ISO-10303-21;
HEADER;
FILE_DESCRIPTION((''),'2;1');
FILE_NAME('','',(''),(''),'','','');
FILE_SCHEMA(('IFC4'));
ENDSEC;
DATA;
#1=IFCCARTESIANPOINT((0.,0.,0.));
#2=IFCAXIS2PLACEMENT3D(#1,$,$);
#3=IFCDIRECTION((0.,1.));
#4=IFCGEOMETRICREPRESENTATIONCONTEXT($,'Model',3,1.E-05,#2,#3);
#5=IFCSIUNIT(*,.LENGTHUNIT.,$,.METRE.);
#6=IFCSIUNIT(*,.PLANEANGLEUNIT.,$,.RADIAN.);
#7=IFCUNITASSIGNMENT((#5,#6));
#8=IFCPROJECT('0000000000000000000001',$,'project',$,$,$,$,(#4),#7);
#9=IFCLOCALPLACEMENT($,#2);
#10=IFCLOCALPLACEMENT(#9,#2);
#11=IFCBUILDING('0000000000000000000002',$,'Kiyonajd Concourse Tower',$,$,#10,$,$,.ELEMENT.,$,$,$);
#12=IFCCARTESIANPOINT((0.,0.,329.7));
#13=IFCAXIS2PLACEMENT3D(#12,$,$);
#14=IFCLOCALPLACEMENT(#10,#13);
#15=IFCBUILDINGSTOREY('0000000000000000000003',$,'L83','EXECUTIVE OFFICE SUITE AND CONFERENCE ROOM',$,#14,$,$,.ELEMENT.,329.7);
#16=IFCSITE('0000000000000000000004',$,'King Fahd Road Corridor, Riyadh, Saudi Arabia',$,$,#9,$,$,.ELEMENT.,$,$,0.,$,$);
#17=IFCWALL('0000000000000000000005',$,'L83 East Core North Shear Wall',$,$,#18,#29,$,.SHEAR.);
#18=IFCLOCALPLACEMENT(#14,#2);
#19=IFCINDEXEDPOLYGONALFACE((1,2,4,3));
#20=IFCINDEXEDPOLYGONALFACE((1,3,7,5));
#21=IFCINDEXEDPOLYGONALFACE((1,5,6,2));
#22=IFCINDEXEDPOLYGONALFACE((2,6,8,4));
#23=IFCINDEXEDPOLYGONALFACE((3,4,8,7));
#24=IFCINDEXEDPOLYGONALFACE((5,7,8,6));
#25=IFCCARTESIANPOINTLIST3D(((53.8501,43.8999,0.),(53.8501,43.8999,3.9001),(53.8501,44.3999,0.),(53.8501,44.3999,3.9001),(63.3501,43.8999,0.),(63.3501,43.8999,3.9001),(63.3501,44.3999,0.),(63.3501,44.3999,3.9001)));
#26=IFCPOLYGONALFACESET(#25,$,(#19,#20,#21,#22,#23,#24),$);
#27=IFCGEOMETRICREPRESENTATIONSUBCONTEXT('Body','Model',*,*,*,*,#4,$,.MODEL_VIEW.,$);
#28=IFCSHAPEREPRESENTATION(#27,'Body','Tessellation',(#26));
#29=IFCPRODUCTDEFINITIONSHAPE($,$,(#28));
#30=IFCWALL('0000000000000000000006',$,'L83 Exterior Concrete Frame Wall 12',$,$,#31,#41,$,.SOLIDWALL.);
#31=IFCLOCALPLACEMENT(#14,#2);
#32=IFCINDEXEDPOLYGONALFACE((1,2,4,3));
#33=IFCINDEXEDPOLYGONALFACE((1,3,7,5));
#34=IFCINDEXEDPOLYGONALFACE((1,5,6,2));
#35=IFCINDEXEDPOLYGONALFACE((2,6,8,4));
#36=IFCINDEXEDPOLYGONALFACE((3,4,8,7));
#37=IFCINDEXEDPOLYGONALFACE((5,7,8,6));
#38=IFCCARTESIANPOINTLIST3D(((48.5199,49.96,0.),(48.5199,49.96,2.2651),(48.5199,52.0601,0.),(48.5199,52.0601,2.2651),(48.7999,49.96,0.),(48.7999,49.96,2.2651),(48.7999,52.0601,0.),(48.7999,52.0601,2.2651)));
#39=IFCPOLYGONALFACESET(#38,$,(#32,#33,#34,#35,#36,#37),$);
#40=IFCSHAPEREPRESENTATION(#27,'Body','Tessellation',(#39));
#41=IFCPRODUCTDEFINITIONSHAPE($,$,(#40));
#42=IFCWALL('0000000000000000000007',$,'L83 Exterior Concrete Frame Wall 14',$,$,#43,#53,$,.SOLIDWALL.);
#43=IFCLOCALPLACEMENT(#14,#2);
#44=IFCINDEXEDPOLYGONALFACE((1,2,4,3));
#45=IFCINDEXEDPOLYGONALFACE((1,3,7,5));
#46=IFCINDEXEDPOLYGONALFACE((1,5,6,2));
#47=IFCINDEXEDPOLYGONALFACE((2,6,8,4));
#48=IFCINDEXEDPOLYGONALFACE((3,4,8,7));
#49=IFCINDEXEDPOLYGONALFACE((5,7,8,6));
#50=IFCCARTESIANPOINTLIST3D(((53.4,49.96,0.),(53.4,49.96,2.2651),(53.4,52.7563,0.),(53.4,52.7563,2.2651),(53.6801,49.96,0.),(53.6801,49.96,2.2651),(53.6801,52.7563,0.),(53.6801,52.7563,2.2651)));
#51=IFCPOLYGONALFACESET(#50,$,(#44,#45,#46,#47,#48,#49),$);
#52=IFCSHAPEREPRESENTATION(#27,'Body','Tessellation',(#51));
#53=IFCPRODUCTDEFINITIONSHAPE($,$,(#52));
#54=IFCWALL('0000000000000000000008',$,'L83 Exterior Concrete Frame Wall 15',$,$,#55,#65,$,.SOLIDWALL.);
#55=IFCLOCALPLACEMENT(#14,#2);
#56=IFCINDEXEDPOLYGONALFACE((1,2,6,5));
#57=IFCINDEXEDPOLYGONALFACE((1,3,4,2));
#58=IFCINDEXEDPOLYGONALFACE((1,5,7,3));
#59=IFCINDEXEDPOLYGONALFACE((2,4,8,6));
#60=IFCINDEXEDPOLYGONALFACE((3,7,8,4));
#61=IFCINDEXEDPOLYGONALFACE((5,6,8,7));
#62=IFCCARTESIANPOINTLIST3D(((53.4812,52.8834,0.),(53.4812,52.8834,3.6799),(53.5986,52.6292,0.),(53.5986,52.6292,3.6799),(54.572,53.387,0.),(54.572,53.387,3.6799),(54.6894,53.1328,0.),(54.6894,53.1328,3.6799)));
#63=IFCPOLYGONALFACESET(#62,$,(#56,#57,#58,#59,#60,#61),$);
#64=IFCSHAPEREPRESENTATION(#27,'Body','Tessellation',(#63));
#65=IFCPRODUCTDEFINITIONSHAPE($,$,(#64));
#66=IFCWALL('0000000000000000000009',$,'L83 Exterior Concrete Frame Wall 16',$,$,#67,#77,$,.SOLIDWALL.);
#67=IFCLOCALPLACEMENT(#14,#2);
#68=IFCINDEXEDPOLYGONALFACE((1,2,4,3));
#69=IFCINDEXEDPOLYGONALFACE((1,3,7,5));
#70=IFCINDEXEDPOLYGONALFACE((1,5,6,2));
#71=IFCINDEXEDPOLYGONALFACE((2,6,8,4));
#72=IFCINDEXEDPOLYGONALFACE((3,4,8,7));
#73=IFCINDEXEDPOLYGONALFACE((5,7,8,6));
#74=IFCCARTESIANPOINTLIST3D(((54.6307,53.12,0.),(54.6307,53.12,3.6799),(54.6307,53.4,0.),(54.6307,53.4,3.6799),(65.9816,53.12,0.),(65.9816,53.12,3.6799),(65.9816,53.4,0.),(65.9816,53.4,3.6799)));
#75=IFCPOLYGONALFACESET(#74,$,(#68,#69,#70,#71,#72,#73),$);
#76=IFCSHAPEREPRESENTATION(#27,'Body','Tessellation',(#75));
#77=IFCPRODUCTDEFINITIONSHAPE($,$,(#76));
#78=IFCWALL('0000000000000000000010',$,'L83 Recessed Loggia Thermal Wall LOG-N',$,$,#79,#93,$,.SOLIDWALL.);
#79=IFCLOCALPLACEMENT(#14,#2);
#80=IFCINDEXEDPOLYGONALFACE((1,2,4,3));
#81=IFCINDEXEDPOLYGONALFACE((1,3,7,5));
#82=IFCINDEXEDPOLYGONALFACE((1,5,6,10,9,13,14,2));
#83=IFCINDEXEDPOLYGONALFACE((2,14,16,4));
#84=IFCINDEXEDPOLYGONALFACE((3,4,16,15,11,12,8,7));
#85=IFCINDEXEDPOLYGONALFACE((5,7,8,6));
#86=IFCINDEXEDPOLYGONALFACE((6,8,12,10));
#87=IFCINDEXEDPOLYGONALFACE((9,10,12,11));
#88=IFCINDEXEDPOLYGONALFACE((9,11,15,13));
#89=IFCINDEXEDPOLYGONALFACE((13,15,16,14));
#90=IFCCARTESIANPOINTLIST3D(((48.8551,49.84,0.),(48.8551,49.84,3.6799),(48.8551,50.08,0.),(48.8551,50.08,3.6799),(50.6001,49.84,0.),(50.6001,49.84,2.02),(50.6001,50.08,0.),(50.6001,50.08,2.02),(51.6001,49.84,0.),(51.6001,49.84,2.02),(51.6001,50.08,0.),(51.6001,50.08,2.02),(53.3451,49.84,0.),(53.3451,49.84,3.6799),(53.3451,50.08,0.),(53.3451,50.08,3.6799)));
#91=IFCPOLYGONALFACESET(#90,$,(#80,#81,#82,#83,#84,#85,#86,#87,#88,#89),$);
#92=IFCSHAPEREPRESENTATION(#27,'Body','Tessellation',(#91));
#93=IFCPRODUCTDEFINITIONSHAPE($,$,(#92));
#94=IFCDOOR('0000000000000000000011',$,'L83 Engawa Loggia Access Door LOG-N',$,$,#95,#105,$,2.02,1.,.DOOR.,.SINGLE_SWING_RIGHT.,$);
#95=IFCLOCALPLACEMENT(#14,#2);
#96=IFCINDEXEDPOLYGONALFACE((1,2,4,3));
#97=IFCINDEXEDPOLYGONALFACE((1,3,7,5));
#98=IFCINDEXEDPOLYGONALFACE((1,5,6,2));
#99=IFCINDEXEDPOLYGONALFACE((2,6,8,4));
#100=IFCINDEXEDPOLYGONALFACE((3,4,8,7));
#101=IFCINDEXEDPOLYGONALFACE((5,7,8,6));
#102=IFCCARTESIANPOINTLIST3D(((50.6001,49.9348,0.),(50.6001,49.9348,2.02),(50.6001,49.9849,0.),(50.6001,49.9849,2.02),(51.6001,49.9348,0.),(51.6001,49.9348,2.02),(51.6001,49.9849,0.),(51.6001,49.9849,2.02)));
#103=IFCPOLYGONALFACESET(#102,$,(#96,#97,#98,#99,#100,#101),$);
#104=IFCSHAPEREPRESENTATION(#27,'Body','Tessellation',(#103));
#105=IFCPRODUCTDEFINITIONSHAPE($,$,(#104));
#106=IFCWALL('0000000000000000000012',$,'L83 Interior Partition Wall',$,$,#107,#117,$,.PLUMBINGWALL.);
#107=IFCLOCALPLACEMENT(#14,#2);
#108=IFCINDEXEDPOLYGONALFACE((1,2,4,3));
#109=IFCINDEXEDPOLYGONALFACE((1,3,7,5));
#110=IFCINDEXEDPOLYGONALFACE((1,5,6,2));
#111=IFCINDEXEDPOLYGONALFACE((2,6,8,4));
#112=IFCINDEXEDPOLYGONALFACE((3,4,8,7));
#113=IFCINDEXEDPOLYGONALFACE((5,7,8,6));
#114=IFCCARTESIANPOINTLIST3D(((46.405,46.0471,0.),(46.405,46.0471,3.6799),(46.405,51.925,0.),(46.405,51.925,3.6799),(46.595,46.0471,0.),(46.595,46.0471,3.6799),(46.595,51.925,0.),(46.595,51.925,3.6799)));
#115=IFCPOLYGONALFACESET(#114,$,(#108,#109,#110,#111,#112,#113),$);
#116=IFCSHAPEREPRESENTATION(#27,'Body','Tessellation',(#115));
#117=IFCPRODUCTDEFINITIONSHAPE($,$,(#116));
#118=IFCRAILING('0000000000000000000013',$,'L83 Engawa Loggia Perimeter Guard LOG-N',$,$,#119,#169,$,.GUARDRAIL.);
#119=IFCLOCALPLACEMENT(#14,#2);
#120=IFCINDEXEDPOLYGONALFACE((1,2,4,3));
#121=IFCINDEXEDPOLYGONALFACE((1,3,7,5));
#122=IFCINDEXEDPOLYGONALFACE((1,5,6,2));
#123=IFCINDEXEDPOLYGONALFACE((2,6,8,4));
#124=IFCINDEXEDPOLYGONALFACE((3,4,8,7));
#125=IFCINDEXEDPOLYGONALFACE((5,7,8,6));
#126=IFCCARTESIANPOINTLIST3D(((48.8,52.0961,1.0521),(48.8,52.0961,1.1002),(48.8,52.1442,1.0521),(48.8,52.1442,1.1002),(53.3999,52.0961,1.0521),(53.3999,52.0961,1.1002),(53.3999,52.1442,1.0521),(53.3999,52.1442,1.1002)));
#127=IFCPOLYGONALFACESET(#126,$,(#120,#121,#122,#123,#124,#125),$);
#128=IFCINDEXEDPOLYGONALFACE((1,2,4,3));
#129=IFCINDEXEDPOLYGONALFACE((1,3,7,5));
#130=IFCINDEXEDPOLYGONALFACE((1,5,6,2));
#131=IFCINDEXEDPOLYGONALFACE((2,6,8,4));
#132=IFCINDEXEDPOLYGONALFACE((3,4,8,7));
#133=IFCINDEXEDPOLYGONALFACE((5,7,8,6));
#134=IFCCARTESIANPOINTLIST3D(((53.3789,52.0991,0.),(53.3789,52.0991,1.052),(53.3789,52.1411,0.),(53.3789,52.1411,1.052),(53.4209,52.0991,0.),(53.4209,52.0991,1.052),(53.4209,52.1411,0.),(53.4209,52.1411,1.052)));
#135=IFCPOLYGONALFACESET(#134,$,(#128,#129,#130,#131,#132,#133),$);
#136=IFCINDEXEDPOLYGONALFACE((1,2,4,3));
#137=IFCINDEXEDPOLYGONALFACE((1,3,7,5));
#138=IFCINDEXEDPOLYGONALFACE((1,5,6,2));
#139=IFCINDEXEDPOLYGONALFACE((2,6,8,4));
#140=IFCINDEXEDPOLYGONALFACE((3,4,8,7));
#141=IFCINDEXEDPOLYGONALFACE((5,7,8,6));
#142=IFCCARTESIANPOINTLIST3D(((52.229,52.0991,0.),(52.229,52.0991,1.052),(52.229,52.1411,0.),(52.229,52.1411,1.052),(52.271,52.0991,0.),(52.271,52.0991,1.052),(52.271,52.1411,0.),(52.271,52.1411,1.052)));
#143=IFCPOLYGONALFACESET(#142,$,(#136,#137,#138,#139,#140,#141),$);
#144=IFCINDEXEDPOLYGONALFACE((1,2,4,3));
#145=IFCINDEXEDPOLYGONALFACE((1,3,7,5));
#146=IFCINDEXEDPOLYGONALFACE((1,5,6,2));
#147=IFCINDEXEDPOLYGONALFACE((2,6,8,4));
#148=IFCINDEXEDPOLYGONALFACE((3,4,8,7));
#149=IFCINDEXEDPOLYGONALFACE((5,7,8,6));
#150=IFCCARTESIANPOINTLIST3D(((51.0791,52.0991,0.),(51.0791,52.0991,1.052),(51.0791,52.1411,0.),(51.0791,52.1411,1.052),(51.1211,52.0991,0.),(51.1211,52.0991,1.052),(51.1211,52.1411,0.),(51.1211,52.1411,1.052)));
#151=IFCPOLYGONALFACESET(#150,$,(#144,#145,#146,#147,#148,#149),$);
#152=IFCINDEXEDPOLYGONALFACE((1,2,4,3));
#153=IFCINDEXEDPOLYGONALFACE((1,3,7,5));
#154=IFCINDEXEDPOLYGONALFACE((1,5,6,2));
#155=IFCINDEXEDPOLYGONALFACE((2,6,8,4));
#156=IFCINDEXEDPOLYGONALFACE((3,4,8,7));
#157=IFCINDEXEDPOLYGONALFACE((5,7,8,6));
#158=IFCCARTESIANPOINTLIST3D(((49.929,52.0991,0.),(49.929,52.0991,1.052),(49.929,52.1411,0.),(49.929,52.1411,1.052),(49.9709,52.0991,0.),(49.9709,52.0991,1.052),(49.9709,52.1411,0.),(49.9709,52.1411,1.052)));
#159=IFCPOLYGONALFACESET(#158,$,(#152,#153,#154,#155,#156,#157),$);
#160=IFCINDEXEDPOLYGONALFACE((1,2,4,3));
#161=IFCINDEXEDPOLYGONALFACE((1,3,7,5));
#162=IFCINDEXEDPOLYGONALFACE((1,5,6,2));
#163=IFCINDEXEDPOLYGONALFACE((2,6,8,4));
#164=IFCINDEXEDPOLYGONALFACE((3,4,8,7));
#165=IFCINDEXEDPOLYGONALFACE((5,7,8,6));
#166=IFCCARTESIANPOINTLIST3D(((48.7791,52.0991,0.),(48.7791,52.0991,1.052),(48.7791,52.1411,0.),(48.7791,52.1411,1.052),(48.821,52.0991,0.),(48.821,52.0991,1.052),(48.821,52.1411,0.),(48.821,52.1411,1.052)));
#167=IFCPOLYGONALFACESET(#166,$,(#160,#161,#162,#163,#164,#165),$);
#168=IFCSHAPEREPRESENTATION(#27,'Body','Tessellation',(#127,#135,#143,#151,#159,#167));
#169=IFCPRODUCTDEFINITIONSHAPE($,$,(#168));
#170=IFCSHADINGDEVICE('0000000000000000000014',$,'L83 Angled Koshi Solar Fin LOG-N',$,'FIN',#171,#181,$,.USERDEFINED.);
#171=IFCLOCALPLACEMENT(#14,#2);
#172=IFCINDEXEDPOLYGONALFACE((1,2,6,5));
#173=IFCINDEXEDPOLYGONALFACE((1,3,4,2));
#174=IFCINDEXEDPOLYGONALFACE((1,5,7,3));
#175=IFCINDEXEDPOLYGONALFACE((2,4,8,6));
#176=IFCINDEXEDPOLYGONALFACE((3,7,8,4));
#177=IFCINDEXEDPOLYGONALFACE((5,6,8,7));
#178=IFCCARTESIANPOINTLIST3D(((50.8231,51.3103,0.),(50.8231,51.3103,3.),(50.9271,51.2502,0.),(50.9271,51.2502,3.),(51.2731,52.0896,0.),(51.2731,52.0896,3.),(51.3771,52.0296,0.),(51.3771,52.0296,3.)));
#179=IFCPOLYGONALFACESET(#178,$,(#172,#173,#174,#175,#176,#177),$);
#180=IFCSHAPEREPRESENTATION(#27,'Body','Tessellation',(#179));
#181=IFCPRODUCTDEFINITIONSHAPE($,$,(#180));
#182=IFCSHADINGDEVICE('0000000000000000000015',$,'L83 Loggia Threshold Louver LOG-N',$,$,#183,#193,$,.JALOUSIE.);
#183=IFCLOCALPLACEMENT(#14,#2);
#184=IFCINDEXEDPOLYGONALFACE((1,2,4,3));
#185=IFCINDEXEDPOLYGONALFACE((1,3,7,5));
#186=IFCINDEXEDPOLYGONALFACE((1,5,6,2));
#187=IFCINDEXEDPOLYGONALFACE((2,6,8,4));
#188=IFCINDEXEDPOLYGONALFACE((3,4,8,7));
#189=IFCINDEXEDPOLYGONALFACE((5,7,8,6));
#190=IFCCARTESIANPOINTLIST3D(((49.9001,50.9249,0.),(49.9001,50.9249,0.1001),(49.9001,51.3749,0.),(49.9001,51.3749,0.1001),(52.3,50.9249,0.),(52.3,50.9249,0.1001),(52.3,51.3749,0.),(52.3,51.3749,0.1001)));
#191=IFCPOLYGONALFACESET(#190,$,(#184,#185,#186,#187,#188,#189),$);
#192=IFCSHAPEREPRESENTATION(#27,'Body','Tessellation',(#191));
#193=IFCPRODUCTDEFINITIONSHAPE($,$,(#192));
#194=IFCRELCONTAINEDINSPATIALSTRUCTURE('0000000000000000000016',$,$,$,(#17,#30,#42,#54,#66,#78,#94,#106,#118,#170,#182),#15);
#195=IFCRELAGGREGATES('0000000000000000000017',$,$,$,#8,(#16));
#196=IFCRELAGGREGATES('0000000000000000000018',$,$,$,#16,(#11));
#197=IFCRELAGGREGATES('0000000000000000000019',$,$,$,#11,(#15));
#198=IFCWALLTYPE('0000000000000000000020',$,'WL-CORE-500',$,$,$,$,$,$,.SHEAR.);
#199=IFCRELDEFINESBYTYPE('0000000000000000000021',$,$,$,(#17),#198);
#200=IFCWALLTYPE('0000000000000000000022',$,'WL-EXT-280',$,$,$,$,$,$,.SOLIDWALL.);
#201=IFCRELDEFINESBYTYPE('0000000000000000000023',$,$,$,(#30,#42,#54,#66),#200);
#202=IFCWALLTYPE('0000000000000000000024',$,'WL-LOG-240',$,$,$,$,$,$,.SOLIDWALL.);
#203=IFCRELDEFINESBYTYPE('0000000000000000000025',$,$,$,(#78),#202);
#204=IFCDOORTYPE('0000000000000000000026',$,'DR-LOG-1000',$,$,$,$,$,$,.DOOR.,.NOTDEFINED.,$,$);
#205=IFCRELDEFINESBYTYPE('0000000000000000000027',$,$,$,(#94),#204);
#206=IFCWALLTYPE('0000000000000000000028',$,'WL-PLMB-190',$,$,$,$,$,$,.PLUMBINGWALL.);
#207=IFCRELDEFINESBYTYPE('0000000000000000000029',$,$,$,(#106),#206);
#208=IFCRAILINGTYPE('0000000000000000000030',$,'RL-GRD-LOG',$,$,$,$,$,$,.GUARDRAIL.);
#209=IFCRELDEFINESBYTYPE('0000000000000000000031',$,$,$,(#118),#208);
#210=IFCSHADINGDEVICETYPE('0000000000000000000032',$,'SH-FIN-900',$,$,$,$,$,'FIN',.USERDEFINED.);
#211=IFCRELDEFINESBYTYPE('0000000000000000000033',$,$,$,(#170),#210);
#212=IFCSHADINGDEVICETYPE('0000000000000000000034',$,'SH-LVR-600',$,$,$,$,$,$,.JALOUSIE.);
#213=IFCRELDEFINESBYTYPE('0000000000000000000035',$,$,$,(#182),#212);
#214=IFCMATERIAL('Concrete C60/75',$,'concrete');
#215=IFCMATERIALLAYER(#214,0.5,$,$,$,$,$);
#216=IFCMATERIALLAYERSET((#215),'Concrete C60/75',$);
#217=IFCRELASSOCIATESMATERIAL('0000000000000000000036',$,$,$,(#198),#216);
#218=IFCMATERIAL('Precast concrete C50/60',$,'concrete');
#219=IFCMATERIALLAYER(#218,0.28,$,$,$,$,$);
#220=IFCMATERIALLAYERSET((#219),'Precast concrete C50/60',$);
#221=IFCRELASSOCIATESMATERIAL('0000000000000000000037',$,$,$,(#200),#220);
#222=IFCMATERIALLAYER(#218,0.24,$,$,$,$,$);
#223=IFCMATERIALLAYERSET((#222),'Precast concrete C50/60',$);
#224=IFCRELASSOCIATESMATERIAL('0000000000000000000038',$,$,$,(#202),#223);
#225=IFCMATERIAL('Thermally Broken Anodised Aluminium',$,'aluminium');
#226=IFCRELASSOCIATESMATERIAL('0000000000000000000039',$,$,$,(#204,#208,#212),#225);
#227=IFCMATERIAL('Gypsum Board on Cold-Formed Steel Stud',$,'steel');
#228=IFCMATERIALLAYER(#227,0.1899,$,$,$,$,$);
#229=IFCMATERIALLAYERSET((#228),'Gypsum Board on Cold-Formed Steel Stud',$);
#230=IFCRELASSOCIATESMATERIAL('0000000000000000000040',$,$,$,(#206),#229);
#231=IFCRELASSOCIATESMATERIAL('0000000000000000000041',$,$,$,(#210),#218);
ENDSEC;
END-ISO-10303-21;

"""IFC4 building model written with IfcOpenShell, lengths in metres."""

from ifc_helpers import new_model, si_unit, direction, frame, frame_2d, origin, origin_2d, place, context, subcontext, project, spatial, rectangle, extrude, material, layer, layer_set, type_object, element, fill, save


model = new_model("IFC4")

# Units and contexts
model_context = context("Model", 3, precision=1e-05, world=origin(), true_north=direction((0.0, 1.0)))
body_context = subcontext(model_context, "Body", "Model", "MODEL_VIEW")
ifc_project = project(units=[si_unit("LENGTHUNIT", "METRE"), si_unit("PLANEANGLEUNIT", "RADIAN")], contexts=[model_context])

# Site, building, storey
site_placement = place(None, origin())
site = spatial("IfcSite", under=ifc_project, at=site_placement, Name="King Fahd Road Corridor, Riyadh, Saudi Arabia", CompositionType="ELEMENT", RefElevation=0.0)
building_placement = place(site_placement, origin())
building = spatial("IfcBuilding", under=site, at=building_placement, Name="Kiyonajd Concourse Tower", CompositionType="ELEMENT")
storey_placement = place(building_placement, frame((0.0, 0.0, 329.7)))
storey = spatial("IfcBuildingStorey", under=building, at=storey_placement, Name="L83", Description="EXECUTIVE OFFICE SUITE AND CONFERENCE ROOM", CompositionType="ELEMENT", Elevation=329.7)

# Shared definitions
ifc_material_1 = material(Name="Concrete C60/75", Category="concrete")

# Shared definitions
ifc_material_2 = material(Name="Thermally Broken Anodised Aluminium", Category="aluminium")

# Walls
ifc_layer_1 = layer(ifc_material_1, 0.5)
ifc_layer_set_1 = layer_set([ifc_layer_1], Name="Concrete C60/75")
wall_type_1 = type_object("IfcWallType", Name="WL-CORE-500", PredefinedType="SHEAR", material=ifc_layer_set_1)
wall_1_placement = place(storey_placement, frame((53.8501, 44.1499, 0.0), z_axis=(0.0, 0.0, 1.0), x_axis=(1.0, 0.0, 0.0)))
element("IfcWall", 1, at=wall_1_placement, inside=storey, type_object=wall_type_1, Name="L83 East Core North Shear Wall", PredefinedType="SHEAR", context=body_context, shape_type="SweptSolid", body=[
    extrude(rectangle(XDim=9.5, YDim=0.5, at=frame_2d((4.75, 0.0))), origin(), (0.0, 0.0, 1.0), 3.9001),
])
ifc_material_3 = material(Name="Precast concrete C50/60", Category="concrete")
ifc_layer_2 = layer(ifc_material_3, 0.28)
ifc_layer_set_2 = layer_set([ifc_layer_2], Name="Precast concrete C50/60")
wall_type_2 = type_object("IfcWallType", Name="WL-EXT-280", PredefinedType="SOLIDWALL", material=ifc_layer_set_2)
wall_2_placement = place(storey_placement, frame((48.6599, 52.0601, 0.0), z_axis=(0.0, 0.0, 1.0), x_axis=(0.0, -1.0, 0.0)))
element("IfcWall", 2, at=wall_2_placement, inside=storey, type_object=wall_type_2, Name="L83 Exterior Concrete Frame Wall 12", PredefinedType="SOLIDWALL", context=body_context, shape_type="SweptSolid", body=[
    extrude(rectangle(XDim=2.1001, YDim=0.28, at=frame_2d((1.05, 0.0))), origin(), (0.0, 0.0, 1.0), 2.2651),
])
wall_3_placement = place(storey_placement, frame((53.54, 49.96, 0.0), z_axis=(0.0, 0.0, 1.0), x_axis=(0.0, 1.0, 0.0)))
element("IfcWall", 3, at=wall_3_placement, inside=storey, type_object=wall_type_2, Name="L83 Exterior Concrete Frame Wall 14", PredefinedType="SOLIDWALL", context=body_context, shape_type="SweptSolid", body=[
    extrude(rectangle(XDim=2.7964, YDim=0.28, at=frame_2d((1.3982, 0.0))), origin(), (0.0, 0.0, 1.0), 2.2651),
])
wall_4_placement = place(storey_placement, frame((53.54, 52.7563, 0.0), z_axis=(0.0, 0.0, 1.0), x_axis=(0.907894, 0.4192, 0.0)))
element("IfcWall", 4, at=wall_4_placement, inside=storey, type_object=wall_type_2, Name="L83 Exterior Concrete Frame Wall 15", PredefinedType="SOLIDWALL", context=body_context, shape_type="SweptSolid", body=[
    extrude(rectangle(XDim=1.2014, YDim=0.28, at=frame_2d((0.6006, 0.0))), origin(), (0.0, 0.0, 1.0), 3.6799),
])
wall_5_placement = place(storey_placement, frame((54.6309, 53.26, 0.0), z_axis=(0.0, 0.0, 1.0), x_axis=(1.0, 0.0, 0.0)))
element("IfcWall", 5, at=wall_5_placement, inside=storey, type_object=wall_type_2, Name="L83 Exterior Concrete Frame Wall 16", PredefinedType="SOLIDWALL", context=body_context, shape_type="SweptSolid", body=[
    extrude(rectangle(XDim=11.3508, YDim=0.28, at=frame_2d((5.6753, 0.0))), origin(), (0.0, 0.0, 1.0), 3.6799),
])

# Wall, opening, door
ifc_layer_3 = layer(ifc_material_3, 0.24)
ifc_layer_set_3 = layer_set([ifc_layer_3], Name="Precast concrete C50/60")
wall_type_3 = type_object("IfcWallType", Name="WL-LOG-240", PredefinedType="SOLIDWALL", material=ifc_layer_set_3)
wall_6_placement = place(storey_placement, frame((48.855, 49.96, 0.0), z_axis=(0.0, 0.0, 1.0), x_axis=(1.0, 0.0, 0.0)))
wall_6 = element("IfcWall", 6, at=wall_6_placement, inside=storey, type_object=wall_type_3, Name="L83 Recessed Loggia Thermal Wall LOG-N", PredefinedType="SOLIDWALL", context=body_context, shape_type="SweptSolid", body=[
    extrude(rectangle(XDim=4.49, YDim=0.24, at=frame_2d((2.2451, 0.0))), origin(), (0.0, 0.0, 1.0), 3.6799),
])
opening_placement = place(wall_6_placement, frame((1.7451, 0.0, 0.0)))
opening = element("IfcOpeningElement", 7, at=opening_placement, cuts=wall_6, PredefinedType="OPENING", context=body_context, shape_type="SweptSolid", body=[
    extrude(rectangle(XDim=1.0, YDim=2.02, at=frame_2d((0.5, 1.01))), frame((0.0, 0.1299, 0.0), z_axis=(0.0, -1.0, 0.0), x_axis=(1.0, 0.0, 0.0)), (0.0, 0.0, 1.0), 0.26),
])
door_type = type_object("IfcDoorType", Name="DR-LOG-1000", OperationType="NOTDEFINED", PredefinedType="DOOR", material=ifc_material_2)
door_placement = place(opening_placement, origin())
door = element("IfcDoor", 8, at=door_placement, inside=storey, type_object=door_type, Name="L83 Engawa Loggia Access Door LOG-N", OperationType="SINGLE_SWING_RIGHT", OverallHeight=2.02, OverallWidth=1.0, PredefinedType="DOOR", context=body_context, shape_type="SweptSolid", body=[
    extrude(rectangle(XDim=1.0, YDim=2.02, at=frame_2d((0.5, 1.01))), frame((0.0, 0.0249, 0.0), z_axis=(0.0, -1.0, 0.0), x_axis=(1.0, 0.0, 0.0)), (0.0, 0.0, 1.0), 0.05),
])
fill(opening, door)

# Wall
ifc_material_4 = material(Name="Gypsum Board on Cold-Formed Steel Stud", Category="steel")
ifc_layer_4 = layer(ifc_material_4, 0.1899)
ifc_layer_set_4 = layer_set([ifc_layer_4], Name="Gypsum Board on Cold-Formed Steel Stud")
wall_type_4 = type_object("IfcWallType", Name="WL-PLMB-190", PredefinedType="PLUMBINGWALL", material=ifc_layer_set_4)
wall_7_placement = place(storey_placement, frame((46.5, 46.0471, 0.0), z_axis=(0.0, 0.0, 1.0), x_axis=(0.0, 1.0, 0.0)))
element("IfcWall", 9, at=wall_7_placement, inside=storey, type_object=wall_type_4, Name="L83 Interior Partition Wall", PredefinedType="PLUMBINGWALL", context=body_context, shape_type="SweptSolid", body=[
    extrude(rectangle(XDim=5.8779, YDim=0.1899, at=frame_2d((2.939, 0.0))), origin(), (0.0, 0.0, 1.0), 3.6799),
])

# Railing
railing_type = type_object("IfcRailingType", Name="RL-GRD-LOG", PredefinedType="GUARDRAIL", material=ifc_material_2)
railing_placement = place(storey_placement, frame((53.3999, 52.1201, 0.0)))
element("IfcRailing", 10, at=railing_placement, inside=storey, type_object=railing_type, Name="L83 Engawa Loggia Perimeter Guard LOG-N", PredefinedType="GUARDRAIL", context=body_context, shape_type="SweptSolid", body=[
    extrude(rectangle(XDim=0.0481, YDim=0.0481, at=origin_2d()), frame((0.0, 0.0, 1.0762), z_axis=(-1.0, 0.0, 0.0), x_axis=(0.0, -1.0, 0.0)), (0.0, 0.0, 1.0), 4.5999),
    extrude(rectangle(XDim=0.042, YDim=0.042, at=origin_2d()), origin(), (0.0, 0.0, 1.0), 1.052),
    extrude(rectangle(XDim=0.042, YDim=0.042, at=origin_2d()), frame((-1.1499, 0.0, 0.0)), (0.0, 0.0, 1.0), 1.052),
    extrude(rectangle(XDim=0.042, YDim=0.042, at=origin_2d()), frame((-2.2998, 0.0, 0.0)), (0.0, 0.0, 1.0), 1.052),
    extrude(rectangle(XDim=0.042, YDim=0.042, at=origin_2d()), frame((-3.45, 0.0, 0.0)), (0.0, 0.0, 1.0), 1.052),
    extrude(rectangle(XDim=0.042, YDim=0.042, at=origin_2d()), frame((-4.5999, 0.0, 0.0)), (0.0, 0.0, 1.0), 1.052),
])

# Shading devices
shading_device_type_1 = type_object("IfcShadingDeviceType", Name="SH-FIN-900", ElementType="FIN", PredefinedType="USERDEFINED", material=ifc_material_3)
shading_device_1_placement = place(storey_placement, frame((51.1001, 51.6699, 0.0), z_axis=(0.0, 0.0, 1.0), x_axis=(0.5, 0.866025, 0.0)))
element("IfcShadingDevice", 11, at=shading_device_1_placement, inside=storey, type_object=shading_device_type_1, Name="L83 Angled Koshi Solar Fin LOG-N", ObjectType="FIN", PredefinedType="USERDEFINED", context=body_context, shape_type="SweptSolid", body=[
    extrude(rectangle(XDim=0.8999, YDim=0.1201, at=origin_2d()), origin(), (0.0, 0.0, 1.0), 3.0),
])
shading_device_type_2 = type_object("IfcShadingDeviceType", Name="SH-LVR-600", PredefinedType="JALOUSIE", material=ifc_material_2)
shading_device_2_placement = place(storey_placement, frame((51.1001, 51.1499, 0.0), z_axis=(0.0, 0.0, 1.0), x_axis=(1.0, 0.0, 0.0)))
element("IfcShadingDevice", 12, at=shading_device_2_placement, inside=storey, type_object=shading_device_type_2, Name="L83 Loggia Threshold Louver LOG-N", PredefinedType="JALOUSIE", context=body_context, shape_type="SweptSolid", body=[
    extrude(rectangle(XDim=2.3999, YDim=0.45, at=origin_2d()), origin(), (0.0, 0.0, 1.0), 0.1001),
])

save(model, "model.ifc")
